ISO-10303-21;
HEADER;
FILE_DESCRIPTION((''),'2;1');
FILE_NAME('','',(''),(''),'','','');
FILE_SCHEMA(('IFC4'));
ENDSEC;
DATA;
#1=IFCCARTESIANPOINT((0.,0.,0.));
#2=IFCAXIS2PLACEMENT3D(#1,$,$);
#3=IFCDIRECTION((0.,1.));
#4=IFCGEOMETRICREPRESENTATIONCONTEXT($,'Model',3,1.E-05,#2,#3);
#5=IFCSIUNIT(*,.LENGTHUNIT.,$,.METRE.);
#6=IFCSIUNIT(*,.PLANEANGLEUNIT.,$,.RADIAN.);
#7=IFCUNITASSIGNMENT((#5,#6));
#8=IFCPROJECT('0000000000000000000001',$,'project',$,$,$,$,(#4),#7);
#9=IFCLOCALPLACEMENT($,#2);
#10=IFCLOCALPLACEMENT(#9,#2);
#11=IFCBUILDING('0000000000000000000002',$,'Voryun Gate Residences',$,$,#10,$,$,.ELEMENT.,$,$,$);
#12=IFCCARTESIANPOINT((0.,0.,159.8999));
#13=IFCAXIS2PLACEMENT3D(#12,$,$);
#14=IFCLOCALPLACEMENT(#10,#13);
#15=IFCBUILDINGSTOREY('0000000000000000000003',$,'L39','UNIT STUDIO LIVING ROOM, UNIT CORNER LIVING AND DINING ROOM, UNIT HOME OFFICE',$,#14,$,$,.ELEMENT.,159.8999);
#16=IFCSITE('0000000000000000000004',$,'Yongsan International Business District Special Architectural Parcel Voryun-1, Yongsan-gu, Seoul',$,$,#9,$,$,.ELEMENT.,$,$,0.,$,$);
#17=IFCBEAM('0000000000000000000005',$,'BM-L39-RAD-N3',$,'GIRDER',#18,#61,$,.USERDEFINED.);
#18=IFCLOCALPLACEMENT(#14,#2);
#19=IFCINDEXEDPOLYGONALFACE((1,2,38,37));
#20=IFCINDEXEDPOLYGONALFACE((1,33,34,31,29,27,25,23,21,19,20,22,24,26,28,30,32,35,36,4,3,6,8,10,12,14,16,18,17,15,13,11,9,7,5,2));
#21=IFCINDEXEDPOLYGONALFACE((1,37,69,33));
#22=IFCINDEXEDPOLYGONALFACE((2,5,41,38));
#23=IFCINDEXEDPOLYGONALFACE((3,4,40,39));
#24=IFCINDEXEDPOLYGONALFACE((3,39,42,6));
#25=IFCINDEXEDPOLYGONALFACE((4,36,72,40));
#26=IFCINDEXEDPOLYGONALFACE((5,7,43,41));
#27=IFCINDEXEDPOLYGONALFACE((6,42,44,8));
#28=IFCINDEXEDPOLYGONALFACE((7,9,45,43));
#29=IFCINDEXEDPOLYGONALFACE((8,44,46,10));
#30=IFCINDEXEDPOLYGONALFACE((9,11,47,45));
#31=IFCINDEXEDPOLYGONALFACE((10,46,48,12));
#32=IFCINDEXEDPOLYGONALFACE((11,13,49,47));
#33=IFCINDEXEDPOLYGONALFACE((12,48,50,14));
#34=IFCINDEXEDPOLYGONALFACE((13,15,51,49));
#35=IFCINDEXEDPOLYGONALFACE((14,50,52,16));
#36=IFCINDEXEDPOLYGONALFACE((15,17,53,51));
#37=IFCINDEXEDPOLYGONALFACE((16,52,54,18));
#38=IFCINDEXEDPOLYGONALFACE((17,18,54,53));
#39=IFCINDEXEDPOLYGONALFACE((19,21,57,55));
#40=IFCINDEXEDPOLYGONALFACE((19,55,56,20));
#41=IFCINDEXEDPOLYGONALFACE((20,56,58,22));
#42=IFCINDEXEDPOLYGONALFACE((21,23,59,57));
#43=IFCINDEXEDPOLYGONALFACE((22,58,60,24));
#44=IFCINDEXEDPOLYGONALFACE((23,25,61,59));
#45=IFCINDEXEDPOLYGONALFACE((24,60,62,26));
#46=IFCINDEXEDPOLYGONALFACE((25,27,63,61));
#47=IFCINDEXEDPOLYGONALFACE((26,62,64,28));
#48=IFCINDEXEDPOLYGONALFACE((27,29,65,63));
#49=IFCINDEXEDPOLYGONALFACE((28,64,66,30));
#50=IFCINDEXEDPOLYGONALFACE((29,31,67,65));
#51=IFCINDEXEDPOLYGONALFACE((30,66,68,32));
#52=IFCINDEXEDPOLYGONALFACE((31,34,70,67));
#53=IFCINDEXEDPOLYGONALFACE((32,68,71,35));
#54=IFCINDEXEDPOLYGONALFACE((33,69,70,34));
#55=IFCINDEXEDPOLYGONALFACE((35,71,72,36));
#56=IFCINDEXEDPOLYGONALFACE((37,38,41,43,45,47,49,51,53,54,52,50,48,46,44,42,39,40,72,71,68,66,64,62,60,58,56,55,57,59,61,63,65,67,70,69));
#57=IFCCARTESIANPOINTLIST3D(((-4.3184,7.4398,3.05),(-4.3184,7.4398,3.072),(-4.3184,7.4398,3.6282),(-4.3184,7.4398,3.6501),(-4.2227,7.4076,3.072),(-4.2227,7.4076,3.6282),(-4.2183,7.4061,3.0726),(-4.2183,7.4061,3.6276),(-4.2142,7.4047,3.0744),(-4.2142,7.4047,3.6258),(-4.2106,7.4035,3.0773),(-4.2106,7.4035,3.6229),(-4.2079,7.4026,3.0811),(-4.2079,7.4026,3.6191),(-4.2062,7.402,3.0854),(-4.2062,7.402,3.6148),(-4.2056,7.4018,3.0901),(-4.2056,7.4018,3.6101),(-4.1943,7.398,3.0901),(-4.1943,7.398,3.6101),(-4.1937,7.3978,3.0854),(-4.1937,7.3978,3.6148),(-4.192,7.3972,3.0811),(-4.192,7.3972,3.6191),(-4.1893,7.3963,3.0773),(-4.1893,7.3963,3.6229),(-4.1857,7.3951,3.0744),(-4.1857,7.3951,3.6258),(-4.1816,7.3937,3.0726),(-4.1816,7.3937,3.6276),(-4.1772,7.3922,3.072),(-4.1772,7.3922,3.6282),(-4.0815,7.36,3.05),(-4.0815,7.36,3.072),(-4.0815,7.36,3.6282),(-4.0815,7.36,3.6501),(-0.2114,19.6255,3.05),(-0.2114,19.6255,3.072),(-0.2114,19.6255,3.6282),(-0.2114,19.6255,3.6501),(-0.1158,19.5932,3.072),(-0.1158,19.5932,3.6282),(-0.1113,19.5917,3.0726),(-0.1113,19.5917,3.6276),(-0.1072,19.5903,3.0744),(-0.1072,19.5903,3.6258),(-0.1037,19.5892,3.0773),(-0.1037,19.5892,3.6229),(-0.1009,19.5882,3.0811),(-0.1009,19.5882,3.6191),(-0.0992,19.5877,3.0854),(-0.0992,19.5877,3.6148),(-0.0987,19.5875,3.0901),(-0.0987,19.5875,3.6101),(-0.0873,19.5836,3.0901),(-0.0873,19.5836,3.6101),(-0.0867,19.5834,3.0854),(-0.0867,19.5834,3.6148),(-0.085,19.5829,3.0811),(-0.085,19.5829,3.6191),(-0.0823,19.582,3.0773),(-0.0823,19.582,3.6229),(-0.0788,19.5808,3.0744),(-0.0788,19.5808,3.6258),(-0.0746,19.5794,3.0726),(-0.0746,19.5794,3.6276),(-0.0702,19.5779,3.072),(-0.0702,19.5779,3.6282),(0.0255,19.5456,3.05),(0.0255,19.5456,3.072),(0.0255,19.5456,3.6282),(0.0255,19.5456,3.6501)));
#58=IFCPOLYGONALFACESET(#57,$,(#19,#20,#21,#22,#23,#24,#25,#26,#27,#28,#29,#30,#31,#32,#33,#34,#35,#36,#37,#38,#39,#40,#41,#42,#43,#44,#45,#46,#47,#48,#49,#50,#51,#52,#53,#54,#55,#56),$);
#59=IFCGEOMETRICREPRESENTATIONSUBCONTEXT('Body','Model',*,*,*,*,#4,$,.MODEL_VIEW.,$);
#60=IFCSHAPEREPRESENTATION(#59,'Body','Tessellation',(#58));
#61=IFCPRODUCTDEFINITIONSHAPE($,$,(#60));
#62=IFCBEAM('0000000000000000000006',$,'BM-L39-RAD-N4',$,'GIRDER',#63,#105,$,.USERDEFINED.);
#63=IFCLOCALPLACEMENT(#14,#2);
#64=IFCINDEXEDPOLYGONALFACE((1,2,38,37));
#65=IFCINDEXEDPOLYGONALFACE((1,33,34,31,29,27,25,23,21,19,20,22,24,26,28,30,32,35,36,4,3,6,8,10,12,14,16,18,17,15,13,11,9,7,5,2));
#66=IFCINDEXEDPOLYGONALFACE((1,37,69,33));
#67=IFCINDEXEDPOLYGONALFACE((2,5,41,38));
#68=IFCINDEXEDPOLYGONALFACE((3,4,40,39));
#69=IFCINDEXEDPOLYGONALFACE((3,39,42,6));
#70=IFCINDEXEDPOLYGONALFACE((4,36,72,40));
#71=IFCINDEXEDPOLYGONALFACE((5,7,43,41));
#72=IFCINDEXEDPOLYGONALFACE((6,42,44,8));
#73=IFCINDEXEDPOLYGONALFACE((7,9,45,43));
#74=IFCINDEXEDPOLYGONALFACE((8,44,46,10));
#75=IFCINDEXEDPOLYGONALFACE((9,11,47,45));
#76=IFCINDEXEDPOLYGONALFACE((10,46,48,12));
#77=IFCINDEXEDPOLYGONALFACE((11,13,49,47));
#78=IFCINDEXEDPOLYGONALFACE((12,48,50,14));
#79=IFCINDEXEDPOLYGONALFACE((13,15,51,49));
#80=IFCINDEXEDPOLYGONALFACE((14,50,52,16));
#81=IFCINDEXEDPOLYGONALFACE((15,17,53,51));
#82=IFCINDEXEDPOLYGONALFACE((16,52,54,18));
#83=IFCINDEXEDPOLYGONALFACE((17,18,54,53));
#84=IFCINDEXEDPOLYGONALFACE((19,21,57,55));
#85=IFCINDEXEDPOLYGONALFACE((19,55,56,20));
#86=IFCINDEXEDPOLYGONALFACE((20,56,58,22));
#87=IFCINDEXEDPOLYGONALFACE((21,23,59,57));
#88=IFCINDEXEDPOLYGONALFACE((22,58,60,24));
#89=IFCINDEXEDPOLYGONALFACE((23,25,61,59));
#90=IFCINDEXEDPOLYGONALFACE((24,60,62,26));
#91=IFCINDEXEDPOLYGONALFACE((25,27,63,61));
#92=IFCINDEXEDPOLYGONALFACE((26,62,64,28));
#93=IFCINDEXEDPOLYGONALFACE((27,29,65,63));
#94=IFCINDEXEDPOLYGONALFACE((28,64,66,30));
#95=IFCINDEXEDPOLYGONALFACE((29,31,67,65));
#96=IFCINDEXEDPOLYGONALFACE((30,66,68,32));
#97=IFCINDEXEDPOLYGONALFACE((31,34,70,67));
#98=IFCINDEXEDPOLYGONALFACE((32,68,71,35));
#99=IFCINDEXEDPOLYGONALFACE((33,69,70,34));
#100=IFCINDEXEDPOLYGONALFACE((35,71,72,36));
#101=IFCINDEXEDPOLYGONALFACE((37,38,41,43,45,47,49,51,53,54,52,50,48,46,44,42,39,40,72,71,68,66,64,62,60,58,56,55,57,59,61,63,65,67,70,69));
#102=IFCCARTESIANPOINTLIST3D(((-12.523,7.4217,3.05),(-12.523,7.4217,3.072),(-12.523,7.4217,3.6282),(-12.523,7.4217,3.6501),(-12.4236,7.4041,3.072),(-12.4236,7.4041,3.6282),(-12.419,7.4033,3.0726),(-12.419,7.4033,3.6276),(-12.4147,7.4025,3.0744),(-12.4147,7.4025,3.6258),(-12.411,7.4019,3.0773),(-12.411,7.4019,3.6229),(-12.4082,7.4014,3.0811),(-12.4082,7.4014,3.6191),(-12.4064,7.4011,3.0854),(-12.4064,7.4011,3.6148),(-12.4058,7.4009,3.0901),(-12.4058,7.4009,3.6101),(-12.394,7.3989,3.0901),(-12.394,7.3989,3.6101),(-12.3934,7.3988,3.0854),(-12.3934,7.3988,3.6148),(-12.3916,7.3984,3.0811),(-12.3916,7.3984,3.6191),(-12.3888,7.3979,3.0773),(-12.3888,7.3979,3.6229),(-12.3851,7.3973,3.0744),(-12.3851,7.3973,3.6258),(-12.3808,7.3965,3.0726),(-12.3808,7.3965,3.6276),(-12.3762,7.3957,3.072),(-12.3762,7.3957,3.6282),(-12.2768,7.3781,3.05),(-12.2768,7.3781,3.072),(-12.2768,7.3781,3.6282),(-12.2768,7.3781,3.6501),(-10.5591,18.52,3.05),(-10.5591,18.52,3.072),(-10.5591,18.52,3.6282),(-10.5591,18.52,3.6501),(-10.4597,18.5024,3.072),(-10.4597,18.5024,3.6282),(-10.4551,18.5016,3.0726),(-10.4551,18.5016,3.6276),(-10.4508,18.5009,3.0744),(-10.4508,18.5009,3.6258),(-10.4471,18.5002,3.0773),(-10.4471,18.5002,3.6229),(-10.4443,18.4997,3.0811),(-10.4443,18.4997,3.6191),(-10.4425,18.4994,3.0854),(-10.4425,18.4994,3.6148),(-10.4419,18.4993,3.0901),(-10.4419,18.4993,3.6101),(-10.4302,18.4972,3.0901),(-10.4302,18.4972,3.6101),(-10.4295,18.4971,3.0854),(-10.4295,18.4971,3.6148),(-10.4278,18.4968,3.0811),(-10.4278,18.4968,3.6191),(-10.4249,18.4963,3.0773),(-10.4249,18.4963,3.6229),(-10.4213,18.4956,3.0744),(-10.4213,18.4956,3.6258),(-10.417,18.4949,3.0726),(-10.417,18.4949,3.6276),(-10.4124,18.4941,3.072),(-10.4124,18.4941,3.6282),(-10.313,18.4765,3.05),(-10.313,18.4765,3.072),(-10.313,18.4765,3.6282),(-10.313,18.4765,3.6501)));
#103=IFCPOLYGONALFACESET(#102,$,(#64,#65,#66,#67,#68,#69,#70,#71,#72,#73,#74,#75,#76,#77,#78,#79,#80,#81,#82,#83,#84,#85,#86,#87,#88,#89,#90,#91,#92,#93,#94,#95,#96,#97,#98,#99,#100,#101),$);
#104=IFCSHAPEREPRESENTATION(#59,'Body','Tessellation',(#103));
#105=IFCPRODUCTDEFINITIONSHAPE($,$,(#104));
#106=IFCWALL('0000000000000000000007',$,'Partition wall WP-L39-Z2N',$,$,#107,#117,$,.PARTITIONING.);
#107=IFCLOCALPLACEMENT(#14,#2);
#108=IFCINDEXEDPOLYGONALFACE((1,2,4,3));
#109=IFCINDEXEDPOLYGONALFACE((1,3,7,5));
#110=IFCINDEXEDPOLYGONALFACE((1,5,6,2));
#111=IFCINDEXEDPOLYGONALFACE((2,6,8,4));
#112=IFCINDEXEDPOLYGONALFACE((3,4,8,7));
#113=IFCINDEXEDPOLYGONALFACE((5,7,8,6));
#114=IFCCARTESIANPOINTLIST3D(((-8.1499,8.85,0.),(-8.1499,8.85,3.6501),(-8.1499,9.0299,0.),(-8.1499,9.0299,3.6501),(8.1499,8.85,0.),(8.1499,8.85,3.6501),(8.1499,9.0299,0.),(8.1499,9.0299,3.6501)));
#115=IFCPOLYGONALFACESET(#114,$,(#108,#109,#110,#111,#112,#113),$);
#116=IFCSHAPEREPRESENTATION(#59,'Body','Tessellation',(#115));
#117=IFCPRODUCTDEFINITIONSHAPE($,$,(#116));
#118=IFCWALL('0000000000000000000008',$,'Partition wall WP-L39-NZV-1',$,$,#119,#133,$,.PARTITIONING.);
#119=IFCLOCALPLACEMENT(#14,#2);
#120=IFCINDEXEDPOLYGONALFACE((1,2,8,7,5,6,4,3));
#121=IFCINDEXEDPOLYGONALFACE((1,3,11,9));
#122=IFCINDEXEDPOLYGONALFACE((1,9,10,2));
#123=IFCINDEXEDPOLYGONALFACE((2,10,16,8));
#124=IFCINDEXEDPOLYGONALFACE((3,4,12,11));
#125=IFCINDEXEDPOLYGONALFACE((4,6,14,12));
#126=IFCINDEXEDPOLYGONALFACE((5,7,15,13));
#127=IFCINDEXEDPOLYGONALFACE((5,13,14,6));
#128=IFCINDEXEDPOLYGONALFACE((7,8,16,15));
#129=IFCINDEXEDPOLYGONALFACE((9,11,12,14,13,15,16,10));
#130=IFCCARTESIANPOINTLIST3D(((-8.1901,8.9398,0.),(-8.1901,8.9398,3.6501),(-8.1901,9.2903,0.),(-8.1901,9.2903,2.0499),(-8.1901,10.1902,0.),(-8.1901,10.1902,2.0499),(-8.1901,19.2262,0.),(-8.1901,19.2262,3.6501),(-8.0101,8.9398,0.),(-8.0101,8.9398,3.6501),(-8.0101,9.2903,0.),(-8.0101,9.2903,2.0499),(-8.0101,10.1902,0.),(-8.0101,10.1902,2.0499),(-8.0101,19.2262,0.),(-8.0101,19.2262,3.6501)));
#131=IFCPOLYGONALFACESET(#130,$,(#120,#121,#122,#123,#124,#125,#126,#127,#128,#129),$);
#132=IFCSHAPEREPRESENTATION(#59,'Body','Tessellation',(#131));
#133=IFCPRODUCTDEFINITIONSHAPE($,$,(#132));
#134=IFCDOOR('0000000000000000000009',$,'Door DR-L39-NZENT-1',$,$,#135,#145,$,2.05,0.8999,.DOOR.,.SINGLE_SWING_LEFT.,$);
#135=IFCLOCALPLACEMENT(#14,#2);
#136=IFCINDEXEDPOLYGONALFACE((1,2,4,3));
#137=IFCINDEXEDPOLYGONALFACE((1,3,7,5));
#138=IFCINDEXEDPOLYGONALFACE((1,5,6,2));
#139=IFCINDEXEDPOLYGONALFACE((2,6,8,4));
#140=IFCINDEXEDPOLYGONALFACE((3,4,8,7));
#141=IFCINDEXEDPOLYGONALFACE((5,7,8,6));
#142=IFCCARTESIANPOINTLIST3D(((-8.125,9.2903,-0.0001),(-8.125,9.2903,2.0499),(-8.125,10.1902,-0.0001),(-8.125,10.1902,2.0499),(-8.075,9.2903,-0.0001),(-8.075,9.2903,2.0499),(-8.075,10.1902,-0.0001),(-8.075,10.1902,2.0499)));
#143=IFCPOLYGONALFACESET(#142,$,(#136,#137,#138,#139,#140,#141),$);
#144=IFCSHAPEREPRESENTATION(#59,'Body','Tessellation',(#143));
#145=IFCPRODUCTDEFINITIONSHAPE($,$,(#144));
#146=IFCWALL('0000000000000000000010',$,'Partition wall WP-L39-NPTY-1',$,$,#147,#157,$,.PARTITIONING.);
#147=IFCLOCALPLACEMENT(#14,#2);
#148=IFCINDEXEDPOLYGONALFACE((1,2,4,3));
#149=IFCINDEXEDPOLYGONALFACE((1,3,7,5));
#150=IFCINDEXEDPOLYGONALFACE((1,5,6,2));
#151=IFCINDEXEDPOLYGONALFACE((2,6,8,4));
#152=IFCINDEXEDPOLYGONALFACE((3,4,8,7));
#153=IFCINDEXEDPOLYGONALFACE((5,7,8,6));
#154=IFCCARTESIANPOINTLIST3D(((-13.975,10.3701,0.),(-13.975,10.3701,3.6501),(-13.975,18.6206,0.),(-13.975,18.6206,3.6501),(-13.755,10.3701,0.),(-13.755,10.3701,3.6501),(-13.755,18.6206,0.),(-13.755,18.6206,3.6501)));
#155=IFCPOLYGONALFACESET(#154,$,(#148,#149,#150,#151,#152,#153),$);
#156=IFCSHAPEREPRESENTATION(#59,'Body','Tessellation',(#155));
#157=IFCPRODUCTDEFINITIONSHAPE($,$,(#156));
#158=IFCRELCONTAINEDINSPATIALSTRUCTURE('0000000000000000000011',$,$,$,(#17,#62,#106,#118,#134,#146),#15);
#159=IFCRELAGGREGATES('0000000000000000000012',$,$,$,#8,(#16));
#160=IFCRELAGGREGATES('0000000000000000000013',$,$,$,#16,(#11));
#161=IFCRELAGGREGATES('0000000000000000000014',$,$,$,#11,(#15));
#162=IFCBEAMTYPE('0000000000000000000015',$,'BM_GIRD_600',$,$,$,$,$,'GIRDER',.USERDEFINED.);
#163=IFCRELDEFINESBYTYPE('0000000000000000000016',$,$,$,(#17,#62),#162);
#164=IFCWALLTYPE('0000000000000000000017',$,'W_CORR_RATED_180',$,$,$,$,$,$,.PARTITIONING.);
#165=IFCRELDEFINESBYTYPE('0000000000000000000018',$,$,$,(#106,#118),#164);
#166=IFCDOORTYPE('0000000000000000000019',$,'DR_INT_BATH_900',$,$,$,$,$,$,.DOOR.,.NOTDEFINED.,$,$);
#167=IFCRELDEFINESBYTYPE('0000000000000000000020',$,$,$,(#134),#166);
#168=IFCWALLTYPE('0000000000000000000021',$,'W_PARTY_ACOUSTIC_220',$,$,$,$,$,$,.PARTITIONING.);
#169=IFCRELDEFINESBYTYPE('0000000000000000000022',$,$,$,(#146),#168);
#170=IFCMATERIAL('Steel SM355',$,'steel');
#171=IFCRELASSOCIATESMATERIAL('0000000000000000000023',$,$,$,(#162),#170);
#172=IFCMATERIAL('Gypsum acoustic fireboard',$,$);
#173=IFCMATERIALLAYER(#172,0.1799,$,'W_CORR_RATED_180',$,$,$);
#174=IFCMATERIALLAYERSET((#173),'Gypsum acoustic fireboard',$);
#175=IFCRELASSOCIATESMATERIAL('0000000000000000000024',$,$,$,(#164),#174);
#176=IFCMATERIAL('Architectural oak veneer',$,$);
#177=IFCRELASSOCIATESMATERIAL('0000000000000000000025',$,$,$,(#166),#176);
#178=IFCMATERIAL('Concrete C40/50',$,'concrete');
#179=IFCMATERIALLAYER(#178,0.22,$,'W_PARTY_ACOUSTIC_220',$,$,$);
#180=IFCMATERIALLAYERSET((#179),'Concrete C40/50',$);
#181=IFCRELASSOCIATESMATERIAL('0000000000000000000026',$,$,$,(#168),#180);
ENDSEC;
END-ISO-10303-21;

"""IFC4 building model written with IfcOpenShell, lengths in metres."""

from ifc_helpers import new_model, si_unit, direction, frame, frame_2d, origin, origin_2d, place, context, subcontext, project, spatial, rectangle, i_section, extrude, material, layer, layer_set, material_profile, profile_set, type_object, element, fill, save


model = new_model("IFC4")

# Units and contexts
model_context = context("Model", 3, precision=1e-05, world=origin(), true_north=direction((0.0, 1.0)))
body_context = subcontext(model_context, "Body", "Model", "MODEL_VIEW")
ifc_project = project(units=[si_unit("LENGTHUNIT", "METRE"), si_unit("PLANEANGLEUNIT", "RADIAN")], contexts=[model_context])

# Site, building, storey
site_placement = place(None, origin())
site = spatial("IfcSite", under=ifc_project, at=site_placement, Name="Yongsan International Business District Special Architectural Parcel Voryun-1, Yongsan-gu, Seoul", CompositionType="ELEMENT", RefElevation=0.0)
building_placement = place(site_placement, origin())
building = spatial("IfcBuilding", under=site, at=building_placement, Name="Voryun Gate Residences", CompositionType="ELEMENT")
storey_placement = place(building_placement, frame((0.0, 0.0, 159.8999)))
storey = spatial("IfcBuildingStorey", under=building, at=storey_placement, Name="L39", Description="UNIT STUDIO LIVING ROOM, UNIT CORNER LIVING AND DINING ROOM, UNIT HOME OFFICE", CompositionType="ELEMENT", Elevation=159.8999)

# Beams
ifc_material_1 = material(Name="Steel SM355", Category="steel")
ifc_material_profile_1 = material_profile(ifc_material_1, i_section(OverallWidth=0.25, OverallDepth=0.6001, WebThickness=0.012, FlangeThickness=0.022, FilletRadius=0.0181, at=origin_2d()), Name="H-600x250x12x22")
ifc_profile_set_1 = profile_set([ifc_material_profile_1], Name="Steel SM355")
beam_type_1 = type_object("IfcBeamType", Name="BM_GIRD_600", ElementType="GIRDER", PredefinedType="USERDEFINED", material=ifc_profile_set_1)
beam_1_placement = place(storey_placement, frame((-4.2, 7.3999, 3.3501), z_axis=(0.319381, 0.947626, 0.0), x_axis=(-0.947626, 0.319381, 0.0)))
element("IfcBeam", 1, at=beam_1_placement, inside=storey, type_object=beam_type_1, Name="BM-L39-RAD-N3", ObjectType="GIRDER", PredefinedType="USERDEFINED", context=body_context, shape_type="SweptSolid", body=[
    extrude(i_section(OverallWidth=0.25, OverallDepth=0.6001, WebThickness=0.012, FlangeThickness=0.022, FilletRadius=0.0181, at=origin_2d()), origin(), (0.0, 0.0, 1.0), 12.8591),
])
beam_2_placement = place(storey_placement, frame((-12.3999, 7.3999, 3.3501), z_axis=(0.174244, 0.984703, 0.0), x_axis=(-0.984703, 0.174244, 0.0)))
element("IfcBeam", 2, at=beam_2_placement, inside=storey, type_object=beam_type_1, Name="BM-L39-RAD-N4", ObjectType="GIRDER", PredefinedType="USERDEFINED", context=body_context, shape_type="SweptSolid", body=[
    extrude(i_section(OverallWidth=0.25, OverallDepth=0.6001, WebThickness=0.012, FlangeThickness=0.022, FilletRadius=0.0181, at=origin_2d()), origin(), (0.0, 0.0, 1.0), 11.2708),
])

# Wall
ifc_material_2 = material(Name="Gypsum acoustic fireboard")
ifc_layer_1 = layer(ifc_material_2, 0.1799, Name="W_CORR_RATED_180")
ifc_layer_set_1 = layer_set([ifc_layer_1], Name="Gypsum acoustic fireboard")
wall_type_1 = type_object("IfcWallType", Name="W_CORR_RATED_180", PredefinedType="PARTITIONING", material=ifc_layer_set_1)
wall_1_placement = place(storey_placement, frame((-8.1499, 8.9399, 0.0), z_axis=(0.0, 0.0, 1.0), x_axis=(1.0, 0.0, 0.0)))
element("IfcWall", 3, at=wall_1_placement, inside=storey, type_object=wall_type_1, Name="Partition wall WP-L39-Z2N", PredefinedType="PARTITIONING", context=body_context, shape_type="SweptSolid", body=[
    extrude(rectangle(XDim=16.2998, YDim=0.1799, at=frame_2d((8.1499, 0.0))), origin(), (0.0, 0.0, 1.0), 3.6501),
])

# Wall, opening, door
wall_2_placement = place(storey_placement, frame((-8.1001, 8.9399, 0.0), z_axis=(0.0, 0.0, 1.0), x_axis=(0.0, 1.0, 0.0)))
wall_2 = element("IfcWall", 4, at=wall_2_placement, inside=storey, type_object=wall_type_1, Name="Partition wall WP-L39-NZV-1", PredefinedType="PARTITIONING", context=body_context, shape_type="SweptSolid", body=[
    extrude(rectangle(XDim=10.2864, YDim=0.1799, at=frame_2d((5.1431, 0.0))), origin(), (0.0, 0.0, 1.0), 3.6501),
])
opening_1_placement = place(wall_2_placement, frame((0.3503, 0.0, 0.0)))
opening_1 = element("IfcOpeningElement", 5, at=opening_1_placement, cuts=wall_2, PredefinedType="OPENING", context=body_context, shape_type="SweptSolid", body=[
    extrude(rectangle(XDim=0.8999, YDim=2.05, at=frame_2d((0.45, 1.0249))), frame((0.0, 0.0999, 0.0), z_axis=(0.0, -1.0, 0.0), x_axis=(1.0, 0.0, 0.0)), (0.0, 0.0, 1.0), 0.2),
])
ifc_material_3 = material(Name="Architectural oak veneer")
door_type = type_object("IfcDoorType", Name="DR_INT_BATH_900", OperationType="NOTDEFINED", PredefinedType="DOOR", material=ifc_material_3)
door_1_placement = place(opening_1_placement, origin())
door_1 = element("IfcDoor", 6, at=door_1_placement, inside=storey, type_object=door_type, Name="Door DR-L39-NZENT-1", OperationType="SINGLE_SWING_LEFT", OverallHeight=2.05, OverallWidth=0.8999, PredefinedType="DOOR", context=body_context, shape_type="SweptSolid", body=[
    extrude(rectangle(XDim=0.8999, YDim=2.05, at=frame_2d((0.45, 1.0249))), frame((0.0, 0.0249, 0.0), z_axis=(0.0, -1.0, 0.0), x_axis=(1.0, 0.0, 0.0)), (0.0, 0.0, 1.0), 0.05),
])
fill(opening_1, door_1)

# Wall
ifc_material_4 = material(Name="Concrete C40/50", Category="concrete")
ifc_layer_2 = layer(ifc_material_4, 0.22, Name="W_PARTY_ACOUSTIC_220")
ifc_layer_set_2 = layer_set([ifc_layer_2], Name="Concrete C40/50")
wall_type_2 = type_object("IfcWallType", Name="W_PARTY_ACOUSTIC_220", PredefinedType="PARTITIONING", material=ifc_layer_set_2)
wall_3_placement = place(storey_placement, frame((-13.865, 10.3701, 0.0), z_axis=(0.0, 0.0, 1.0), x_axis=(0.0, 1.0, 0.0)))
element("IfcWall", 7, at=wall_3_placement, inside=storey, type_object=wall_type_2, Name="Partition wall WP-L39-NPTY-1", PredefinedType="PARTITIONING", context=body_context, shape_type="SweptSolid", body=[
    extrude(rectangle(XDim=8.2505, YDim=0.22, at=frame_2d((4.1252, 0.0))), origin(), (0.0, 0.0, 1.0), 3.6501),
])

save(model, "model.ifc")
